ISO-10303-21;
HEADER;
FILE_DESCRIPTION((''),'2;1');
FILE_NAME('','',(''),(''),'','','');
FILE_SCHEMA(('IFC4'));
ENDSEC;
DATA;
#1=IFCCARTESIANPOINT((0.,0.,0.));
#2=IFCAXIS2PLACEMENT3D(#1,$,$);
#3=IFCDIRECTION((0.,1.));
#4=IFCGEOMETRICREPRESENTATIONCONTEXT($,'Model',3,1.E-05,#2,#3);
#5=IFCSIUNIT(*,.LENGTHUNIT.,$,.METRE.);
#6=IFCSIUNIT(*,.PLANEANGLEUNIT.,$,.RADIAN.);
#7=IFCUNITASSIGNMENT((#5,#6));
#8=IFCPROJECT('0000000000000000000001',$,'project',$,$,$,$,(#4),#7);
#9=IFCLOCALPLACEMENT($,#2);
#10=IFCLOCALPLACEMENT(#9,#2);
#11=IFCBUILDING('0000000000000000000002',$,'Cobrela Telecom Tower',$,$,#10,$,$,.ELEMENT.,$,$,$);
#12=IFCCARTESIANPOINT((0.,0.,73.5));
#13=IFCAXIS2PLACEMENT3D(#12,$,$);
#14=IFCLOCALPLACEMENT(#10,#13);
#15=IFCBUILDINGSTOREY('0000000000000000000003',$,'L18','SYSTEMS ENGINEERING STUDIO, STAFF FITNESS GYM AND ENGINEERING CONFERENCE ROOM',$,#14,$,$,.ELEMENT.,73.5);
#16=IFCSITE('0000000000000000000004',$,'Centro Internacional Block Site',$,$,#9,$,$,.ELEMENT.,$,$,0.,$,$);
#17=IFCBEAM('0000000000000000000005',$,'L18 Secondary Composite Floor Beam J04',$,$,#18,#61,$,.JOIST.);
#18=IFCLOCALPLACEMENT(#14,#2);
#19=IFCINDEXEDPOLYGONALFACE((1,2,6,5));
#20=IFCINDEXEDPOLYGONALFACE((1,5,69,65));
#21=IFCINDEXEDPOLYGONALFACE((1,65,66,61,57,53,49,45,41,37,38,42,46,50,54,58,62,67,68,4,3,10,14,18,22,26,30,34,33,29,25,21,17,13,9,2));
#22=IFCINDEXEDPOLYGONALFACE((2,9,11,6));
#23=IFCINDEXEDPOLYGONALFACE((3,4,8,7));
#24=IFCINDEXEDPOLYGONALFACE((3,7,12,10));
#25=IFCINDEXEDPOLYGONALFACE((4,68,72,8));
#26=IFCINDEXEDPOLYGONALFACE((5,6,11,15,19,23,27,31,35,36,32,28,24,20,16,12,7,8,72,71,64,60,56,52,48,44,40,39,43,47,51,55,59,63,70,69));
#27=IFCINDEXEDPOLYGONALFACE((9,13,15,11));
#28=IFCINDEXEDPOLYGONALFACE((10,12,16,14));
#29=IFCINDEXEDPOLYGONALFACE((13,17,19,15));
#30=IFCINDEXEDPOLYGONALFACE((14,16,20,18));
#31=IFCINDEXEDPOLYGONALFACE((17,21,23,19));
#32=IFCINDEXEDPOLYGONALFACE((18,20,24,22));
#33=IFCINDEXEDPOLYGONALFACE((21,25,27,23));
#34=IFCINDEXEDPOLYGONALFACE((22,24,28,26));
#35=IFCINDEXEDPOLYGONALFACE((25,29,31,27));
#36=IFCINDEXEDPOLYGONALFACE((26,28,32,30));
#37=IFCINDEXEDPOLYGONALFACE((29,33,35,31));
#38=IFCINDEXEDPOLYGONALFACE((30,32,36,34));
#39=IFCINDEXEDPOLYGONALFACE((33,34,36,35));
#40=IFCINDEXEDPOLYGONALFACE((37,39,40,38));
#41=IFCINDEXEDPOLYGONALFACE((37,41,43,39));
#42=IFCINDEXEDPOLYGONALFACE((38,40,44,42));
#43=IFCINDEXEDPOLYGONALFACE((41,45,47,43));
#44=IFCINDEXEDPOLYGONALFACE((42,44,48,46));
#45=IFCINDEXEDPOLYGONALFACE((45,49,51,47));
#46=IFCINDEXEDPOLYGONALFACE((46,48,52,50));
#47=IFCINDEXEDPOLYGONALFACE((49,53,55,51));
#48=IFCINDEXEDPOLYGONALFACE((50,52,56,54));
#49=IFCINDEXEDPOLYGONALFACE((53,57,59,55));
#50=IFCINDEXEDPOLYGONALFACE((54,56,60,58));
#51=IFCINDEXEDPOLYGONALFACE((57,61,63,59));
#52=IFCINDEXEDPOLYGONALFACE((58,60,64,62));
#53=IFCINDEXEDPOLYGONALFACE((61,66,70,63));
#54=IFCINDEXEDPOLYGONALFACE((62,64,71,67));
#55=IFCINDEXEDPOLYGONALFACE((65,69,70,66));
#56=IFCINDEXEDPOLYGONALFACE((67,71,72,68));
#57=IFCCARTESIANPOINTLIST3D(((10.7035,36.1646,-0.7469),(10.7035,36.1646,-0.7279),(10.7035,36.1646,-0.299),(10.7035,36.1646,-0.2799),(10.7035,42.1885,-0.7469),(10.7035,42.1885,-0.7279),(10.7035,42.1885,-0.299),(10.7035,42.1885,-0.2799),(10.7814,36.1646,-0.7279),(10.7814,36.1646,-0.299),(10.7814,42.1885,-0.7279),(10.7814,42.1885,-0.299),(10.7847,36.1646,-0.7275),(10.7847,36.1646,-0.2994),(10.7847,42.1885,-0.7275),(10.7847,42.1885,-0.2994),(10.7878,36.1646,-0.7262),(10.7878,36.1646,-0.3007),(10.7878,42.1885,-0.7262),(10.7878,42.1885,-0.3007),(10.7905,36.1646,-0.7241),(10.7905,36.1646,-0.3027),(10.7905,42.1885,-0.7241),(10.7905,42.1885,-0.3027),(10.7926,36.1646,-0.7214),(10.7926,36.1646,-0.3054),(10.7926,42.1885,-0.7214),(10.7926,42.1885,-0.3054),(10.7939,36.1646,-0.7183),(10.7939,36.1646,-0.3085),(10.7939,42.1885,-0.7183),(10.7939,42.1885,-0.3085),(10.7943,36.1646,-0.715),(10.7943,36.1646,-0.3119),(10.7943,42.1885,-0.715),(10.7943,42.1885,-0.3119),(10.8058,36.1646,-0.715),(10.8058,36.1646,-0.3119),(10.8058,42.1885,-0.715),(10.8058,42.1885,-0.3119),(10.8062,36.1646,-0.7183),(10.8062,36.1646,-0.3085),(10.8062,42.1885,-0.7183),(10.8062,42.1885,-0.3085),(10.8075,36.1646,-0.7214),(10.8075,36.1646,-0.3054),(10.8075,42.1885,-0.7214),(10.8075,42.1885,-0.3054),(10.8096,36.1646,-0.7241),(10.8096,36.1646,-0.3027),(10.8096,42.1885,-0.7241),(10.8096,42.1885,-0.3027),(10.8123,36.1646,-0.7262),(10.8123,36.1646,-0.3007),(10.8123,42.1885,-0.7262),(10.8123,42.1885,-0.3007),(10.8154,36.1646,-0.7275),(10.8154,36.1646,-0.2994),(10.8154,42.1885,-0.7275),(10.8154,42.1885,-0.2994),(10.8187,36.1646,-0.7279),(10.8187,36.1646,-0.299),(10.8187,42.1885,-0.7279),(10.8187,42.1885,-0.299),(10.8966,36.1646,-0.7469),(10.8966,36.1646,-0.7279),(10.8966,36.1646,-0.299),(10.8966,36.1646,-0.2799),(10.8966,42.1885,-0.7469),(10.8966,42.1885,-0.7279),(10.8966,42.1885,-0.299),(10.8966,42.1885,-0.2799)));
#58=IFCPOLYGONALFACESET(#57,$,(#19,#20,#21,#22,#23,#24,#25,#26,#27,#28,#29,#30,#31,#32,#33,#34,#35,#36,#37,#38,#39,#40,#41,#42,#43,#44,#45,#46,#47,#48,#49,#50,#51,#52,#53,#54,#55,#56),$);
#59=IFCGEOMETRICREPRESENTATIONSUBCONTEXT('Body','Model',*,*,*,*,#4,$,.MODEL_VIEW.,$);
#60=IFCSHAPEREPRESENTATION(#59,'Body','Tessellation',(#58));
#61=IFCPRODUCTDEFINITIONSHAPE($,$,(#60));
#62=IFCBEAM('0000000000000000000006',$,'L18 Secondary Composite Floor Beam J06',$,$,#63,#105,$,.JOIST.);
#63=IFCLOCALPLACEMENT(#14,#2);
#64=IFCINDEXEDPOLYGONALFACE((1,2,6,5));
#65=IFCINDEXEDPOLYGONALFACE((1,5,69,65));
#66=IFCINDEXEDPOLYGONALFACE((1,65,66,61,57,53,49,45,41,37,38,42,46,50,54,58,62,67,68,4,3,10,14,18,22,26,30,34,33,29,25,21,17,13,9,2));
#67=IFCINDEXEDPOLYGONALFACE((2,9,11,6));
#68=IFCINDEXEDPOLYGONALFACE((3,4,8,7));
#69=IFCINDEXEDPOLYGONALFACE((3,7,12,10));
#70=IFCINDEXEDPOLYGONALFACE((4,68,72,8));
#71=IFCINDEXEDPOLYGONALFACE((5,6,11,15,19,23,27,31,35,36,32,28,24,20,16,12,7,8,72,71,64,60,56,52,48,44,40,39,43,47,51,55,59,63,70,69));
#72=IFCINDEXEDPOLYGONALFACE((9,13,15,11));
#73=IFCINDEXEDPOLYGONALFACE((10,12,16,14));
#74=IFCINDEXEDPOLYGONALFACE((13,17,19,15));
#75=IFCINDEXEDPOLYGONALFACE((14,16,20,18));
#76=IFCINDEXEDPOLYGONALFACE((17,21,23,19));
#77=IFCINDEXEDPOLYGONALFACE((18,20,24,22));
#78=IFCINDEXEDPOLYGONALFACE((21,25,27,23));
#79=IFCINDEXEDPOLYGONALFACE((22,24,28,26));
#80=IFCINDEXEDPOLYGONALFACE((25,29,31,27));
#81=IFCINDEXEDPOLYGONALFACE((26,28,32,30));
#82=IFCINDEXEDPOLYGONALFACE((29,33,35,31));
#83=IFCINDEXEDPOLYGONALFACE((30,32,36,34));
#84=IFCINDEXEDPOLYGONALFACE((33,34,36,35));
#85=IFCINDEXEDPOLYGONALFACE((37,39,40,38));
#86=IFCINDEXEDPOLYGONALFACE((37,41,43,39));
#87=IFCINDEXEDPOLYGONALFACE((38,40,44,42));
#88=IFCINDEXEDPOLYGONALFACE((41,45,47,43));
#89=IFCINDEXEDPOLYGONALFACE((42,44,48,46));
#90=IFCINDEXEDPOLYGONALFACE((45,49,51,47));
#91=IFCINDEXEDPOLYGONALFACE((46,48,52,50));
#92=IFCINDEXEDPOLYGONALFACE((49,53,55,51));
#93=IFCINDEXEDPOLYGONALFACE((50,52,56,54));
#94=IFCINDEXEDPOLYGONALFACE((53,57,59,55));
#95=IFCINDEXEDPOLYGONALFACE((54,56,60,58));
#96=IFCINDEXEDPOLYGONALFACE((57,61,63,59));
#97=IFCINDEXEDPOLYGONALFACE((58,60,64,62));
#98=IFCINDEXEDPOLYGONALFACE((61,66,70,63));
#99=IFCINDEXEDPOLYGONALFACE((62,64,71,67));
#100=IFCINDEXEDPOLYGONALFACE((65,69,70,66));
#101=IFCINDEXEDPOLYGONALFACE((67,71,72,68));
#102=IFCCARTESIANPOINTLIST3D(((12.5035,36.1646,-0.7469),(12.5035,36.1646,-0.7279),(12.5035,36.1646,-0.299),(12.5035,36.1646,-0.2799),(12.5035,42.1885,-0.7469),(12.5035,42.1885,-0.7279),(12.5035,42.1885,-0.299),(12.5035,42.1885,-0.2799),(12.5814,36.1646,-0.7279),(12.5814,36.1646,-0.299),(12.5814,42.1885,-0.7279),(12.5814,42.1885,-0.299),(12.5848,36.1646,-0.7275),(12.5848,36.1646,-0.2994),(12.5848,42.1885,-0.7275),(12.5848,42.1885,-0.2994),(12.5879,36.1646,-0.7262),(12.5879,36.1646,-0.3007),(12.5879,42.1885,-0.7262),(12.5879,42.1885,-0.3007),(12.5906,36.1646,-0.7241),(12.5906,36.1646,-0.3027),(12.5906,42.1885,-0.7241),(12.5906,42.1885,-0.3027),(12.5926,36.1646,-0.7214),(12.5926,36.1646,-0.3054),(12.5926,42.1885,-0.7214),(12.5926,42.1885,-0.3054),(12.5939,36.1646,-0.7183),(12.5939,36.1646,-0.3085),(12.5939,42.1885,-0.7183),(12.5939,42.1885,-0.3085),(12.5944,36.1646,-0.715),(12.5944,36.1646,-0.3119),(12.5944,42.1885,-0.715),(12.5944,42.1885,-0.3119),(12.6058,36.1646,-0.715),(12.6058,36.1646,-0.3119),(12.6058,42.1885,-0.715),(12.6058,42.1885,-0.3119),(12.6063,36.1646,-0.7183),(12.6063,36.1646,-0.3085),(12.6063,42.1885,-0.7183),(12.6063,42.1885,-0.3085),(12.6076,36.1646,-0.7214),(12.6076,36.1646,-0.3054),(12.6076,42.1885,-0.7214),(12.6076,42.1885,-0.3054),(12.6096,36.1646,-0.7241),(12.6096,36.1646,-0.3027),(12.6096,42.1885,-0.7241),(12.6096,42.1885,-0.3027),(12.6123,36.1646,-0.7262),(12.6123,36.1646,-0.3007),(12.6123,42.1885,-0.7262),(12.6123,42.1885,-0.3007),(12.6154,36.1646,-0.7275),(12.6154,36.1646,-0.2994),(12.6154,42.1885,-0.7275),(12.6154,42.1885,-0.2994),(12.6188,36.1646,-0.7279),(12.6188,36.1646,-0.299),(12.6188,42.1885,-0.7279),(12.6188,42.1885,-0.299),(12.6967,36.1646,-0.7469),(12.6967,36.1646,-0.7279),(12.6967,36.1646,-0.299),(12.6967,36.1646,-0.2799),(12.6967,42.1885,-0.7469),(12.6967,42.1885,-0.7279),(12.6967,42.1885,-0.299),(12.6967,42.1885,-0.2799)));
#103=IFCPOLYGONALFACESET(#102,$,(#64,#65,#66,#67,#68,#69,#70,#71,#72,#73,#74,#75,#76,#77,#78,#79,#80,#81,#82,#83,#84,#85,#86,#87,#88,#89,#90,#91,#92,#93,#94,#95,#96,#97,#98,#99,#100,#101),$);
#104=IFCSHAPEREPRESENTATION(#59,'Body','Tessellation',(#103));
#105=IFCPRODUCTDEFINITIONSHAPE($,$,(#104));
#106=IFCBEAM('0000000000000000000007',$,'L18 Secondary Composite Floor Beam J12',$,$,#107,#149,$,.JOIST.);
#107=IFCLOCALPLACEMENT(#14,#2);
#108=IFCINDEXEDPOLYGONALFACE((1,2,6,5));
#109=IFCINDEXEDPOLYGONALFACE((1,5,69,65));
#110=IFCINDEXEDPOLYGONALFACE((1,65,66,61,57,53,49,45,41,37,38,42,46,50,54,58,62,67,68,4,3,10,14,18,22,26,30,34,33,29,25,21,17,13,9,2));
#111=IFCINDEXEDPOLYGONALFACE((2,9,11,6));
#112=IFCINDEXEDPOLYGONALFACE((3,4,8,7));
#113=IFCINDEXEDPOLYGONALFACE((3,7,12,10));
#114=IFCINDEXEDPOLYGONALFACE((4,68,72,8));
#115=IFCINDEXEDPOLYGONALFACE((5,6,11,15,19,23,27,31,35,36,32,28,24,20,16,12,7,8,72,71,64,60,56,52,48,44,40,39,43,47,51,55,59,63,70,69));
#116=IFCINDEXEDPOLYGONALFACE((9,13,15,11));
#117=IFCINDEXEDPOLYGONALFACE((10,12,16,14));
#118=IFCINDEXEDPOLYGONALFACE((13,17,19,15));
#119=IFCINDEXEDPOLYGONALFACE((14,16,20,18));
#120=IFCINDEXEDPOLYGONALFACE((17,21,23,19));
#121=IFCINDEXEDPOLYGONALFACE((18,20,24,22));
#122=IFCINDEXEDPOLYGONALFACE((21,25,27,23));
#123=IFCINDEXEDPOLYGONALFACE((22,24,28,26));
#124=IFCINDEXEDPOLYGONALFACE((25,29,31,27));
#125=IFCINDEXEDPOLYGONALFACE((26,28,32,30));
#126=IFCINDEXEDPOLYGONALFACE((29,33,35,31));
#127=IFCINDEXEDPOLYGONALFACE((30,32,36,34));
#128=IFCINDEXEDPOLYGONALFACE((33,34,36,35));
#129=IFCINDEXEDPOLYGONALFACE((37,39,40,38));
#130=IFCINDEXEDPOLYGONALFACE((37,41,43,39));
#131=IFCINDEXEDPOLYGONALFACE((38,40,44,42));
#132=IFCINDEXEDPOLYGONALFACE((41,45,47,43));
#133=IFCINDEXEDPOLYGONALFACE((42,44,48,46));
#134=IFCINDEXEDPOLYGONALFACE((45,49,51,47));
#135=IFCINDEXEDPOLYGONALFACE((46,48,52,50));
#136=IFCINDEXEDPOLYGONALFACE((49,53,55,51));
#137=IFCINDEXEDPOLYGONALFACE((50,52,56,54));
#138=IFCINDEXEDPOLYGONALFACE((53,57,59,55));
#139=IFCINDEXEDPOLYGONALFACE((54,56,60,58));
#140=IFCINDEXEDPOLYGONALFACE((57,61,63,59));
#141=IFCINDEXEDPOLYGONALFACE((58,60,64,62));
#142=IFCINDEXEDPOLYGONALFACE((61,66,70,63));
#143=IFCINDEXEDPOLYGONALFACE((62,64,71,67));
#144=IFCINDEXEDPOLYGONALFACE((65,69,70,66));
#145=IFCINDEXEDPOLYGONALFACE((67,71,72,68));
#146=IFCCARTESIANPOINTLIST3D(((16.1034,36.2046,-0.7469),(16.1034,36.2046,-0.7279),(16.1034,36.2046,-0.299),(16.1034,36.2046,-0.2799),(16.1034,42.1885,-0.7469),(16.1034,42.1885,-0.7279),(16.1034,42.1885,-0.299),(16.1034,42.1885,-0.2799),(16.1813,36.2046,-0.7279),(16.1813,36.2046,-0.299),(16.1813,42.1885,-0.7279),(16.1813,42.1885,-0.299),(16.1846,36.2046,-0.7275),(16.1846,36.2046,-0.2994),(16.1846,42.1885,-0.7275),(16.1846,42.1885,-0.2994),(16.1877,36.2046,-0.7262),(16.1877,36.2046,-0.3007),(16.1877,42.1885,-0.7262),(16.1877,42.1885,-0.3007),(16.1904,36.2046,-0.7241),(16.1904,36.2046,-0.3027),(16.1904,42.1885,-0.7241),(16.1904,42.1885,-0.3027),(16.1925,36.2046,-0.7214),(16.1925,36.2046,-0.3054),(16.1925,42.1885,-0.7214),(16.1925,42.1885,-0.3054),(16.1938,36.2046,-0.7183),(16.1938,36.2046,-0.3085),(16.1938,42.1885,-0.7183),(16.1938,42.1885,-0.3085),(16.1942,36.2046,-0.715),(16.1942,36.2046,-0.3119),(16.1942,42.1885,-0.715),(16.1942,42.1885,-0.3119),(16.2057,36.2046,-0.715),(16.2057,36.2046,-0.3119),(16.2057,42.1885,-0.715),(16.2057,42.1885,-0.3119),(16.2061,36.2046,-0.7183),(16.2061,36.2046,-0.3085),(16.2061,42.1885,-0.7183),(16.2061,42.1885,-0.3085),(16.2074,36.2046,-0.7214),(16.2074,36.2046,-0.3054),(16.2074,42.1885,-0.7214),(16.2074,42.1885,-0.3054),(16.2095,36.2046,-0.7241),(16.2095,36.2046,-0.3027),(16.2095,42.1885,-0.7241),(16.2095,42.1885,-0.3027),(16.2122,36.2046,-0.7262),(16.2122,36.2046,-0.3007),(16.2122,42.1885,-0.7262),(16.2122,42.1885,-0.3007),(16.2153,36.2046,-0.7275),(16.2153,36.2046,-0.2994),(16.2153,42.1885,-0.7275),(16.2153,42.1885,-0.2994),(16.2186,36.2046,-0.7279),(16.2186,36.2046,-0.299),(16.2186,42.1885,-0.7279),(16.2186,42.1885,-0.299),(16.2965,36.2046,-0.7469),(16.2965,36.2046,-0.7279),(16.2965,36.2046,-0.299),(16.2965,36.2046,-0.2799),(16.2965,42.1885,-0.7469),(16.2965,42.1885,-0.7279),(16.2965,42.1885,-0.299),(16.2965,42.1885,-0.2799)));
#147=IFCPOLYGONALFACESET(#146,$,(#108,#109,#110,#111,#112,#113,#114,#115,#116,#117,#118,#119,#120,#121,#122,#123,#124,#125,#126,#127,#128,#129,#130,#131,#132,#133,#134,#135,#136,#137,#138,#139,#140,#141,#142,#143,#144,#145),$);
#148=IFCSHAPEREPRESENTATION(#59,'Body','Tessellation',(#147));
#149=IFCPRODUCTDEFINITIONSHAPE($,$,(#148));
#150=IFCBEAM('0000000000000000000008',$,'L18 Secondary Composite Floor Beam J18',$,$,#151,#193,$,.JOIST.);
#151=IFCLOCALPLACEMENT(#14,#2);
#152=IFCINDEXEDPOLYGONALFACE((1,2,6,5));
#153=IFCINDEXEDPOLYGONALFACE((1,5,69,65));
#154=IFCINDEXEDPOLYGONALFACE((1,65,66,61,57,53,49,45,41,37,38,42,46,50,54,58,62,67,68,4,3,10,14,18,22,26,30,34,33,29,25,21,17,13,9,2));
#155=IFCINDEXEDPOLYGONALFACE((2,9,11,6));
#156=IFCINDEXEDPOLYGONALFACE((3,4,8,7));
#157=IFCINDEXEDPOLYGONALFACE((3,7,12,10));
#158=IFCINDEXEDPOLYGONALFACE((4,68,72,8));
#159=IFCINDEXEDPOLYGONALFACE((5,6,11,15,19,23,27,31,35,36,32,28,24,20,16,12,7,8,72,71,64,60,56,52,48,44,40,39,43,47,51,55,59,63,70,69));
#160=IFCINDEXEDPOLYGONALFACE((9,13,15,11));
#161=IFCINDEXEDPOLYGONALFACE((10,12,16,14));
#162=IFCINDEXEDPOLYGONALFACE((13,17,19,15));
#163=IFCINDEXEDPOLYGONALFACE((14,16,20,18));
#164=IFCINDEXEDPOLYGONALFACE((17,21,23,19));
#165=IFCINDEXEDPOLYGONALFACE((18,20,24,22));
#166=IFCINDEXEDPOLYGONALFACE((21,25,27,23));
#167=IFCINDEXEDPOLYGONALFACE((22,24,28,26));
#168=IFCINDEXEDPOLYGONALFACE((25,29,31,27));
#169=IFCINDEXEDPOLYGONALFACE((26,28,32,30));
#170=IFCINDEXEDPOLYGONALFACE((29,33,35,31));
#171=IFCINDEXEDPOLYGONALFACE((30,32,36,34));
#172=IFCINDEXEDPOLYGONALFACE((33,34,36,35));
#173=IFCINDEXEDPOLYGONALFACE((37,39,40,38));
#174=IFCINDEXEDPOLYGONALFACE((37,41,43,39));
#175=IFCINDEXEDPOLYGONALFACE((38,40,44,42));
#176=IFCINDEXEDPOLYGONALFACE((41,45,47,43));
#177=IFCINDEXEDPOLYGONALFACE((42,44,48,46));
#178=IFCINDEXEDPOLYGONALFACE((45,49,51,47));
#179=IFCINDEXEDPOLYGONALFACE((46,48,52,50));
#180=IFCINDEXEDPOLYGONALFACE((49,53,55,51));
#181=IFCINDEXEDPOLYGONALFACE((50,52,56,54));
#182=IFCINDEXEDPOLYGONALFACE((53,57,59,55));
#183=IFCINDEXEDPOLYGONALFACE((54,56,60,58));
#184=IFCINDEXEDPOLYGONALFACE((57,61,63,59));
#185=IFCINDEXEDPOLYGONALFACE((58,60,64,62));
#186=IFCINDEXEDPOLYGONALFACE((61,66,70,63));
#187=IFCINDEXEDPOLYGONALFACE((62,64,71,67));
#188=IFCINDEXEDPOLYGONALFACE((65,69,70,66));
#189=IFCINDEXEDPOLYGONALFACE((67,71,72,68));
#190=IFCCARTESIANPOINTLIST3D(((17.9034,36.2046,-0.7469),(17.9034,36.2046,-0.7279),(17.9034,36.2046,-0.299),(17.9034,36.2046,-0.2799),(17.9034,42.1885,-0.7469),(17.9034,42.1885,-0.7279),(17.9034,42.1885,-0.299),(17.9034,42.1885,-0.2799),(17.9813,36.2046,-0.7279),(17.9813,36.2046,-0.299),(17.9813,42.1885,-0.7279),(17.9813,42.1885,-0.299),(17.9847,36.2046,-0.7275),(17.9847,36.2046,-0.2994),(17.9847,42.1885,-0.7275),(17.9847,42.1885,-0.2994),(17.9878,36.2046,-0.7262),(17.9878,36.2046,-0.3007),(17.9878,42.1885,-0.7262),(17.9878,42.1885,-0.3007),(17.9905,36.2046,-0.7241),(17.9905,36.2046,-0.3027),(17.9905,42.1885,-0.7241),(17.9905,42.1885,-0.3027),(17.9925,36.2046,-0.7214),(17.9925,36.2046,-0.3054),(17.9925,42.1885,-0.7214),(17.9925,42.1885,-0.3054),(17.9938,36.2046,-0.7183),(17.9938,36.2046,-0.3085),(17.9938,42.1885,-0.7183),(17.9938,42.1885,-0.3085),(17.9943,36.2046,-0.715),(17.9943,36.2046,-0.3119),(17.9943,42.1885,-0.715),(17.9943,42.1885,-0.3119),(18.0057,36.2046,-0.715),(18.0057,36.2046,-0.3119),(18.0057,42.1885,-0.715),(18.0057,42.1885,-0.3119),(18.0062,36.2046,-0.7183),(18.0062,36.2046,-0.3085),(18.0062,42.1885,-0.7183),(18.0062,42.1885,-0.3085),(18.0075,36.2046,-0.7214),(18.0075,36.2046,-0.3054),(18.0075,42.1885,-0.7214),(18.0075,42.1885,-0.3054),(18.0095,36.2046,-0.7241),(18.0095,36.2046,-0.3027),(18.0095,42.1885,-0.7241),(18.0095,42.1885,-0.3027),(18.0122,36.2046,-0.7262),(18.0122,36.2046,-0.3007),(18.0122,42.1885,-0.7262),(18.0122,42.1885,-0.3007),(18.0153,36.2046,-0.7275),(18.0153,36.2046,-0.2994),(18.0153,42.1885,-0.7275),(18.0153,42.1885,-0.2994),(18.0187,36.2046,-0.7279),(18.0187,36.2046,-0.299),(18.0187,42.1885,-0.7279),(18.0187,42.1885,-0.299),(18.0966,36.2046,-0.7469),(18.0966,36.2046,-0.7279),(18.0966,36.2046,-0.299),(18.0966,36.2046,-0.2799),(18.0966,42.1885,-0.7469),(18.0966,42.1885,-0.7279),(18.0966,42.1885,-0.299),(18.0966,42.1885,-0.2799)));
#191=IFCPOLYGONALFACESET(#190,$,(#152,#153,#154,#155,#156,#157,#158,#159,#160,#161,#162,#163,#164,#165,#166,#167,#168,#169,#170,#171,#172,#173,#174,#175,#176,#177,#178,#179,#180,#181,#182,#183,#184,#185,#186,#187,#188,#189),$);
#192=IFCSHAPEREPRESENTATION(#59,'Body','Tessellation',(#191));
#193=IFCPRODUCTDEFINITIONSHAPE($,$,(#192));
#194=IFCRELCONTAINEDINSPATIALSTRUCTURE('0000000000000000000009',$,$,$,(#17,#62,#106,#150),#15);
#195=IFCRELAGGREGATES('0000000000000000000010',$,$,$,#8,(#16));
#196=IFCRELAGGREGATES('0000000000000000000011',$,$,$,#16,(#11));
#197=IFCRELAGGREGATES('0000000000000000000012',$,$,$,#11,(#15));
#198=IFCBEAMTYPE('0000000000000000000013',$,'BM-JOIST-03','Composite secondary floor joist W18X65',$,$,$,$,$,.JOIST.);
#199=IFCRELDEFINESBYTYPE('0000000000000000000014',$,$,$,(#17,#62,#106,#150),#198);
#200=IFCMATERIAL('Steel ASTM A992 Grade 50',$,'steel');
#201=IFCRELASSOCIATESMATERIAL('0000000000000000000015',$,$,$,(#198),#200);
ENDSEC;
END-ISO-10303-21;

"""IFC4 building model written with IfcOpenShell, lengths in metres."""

from ifc_helpers import new_model, si_unit, direction, frame, origin, origin_2d, place, context, subcontext, project, spatial, i_section, extrude, material, material_profile, profile_set, type_object, element, save


model = new_model("IFC4")

# Units and contexts
model_context = context("Model", 3, precision=1e-05, world=origin(), true_north=direction((0.0, 1.0)))
body_context = subcontext(model_context, "Body", "Model", "MODEL_VIEW")
ifc_project = project(units=[si_unit("LENGTHUNIT", "METRE"), si_unit("PLANEANGLEUNIT", "RADIAN")], contexts=[model_context])

# Site, building, storey
site_placement = place(None, origin())
site = spatial("IfcSite", under=ifc_project, at=site_placement, Name="Centro Internacional Block Site", CompositionType="ELEMENT", RefElevation=0.0)
building_placement = place(site_placement, origin())
building = spatial("IfcBuilding", under=site, at=building_placement, Name="Cobrela Telecom Tower", CompositionType="ELEMENT")
storey_placement = place(building_placement, frame((0.0, 0.0, 73.5)))
storey = spatial("IfcBuildingStorey", under=building, at=storey_placement, Name="L18", Description="SYSTEMS ENGINEERING STUDIO, STAFF FITNESS GYM AND ENGINEERING CONFERENCE ROOM", CompositionType="ELEMENT", Elevation=73.5)

# Beams
ifc_material_1 = material(Name="Steel ASTM A992 Grade 50", Category="steel")
ifc_material_profile_1 = material_profile(ifc_material_1, i_section(OverallWidth=0.1931, OverallDepth=0.467, WebThickness=0.0115, FlangeThickness=0.019, FilletRadius=0.0129, at=origin_2d()), Name="W18X65")
ifc_profile_set_1 = profile_set([ifc_material_profile_1], Name="Steel ASTM A992 Grade 50")
beam_type_1 = type_object("IfcBeamType", Name="BM-JOIST-03", Description="Composite secondary floor joist W18X65", PredefinedType="JOIST", material=ifc_profile_set_1)
for number, where, z_axis, x_axis, name in (
    (1, (10.8, 36.1646, -0.5134), (0.0, 1.0, 0.0), (-1.0, 0.0, 0.0), "L18 Secondary Composite Floor Beam J04"),
    (2, (12.6001, 36.1646, -0.5134), (0.0, 1.0, 0.0), (-1.0, 0.0, 0.0), "L18 Secondary Composite Floor Beam J06"),
):
    element("IfcBeam", number, at=place(storey_placement, frame(where, z_axis=z_axis, x_axis=x_axis)), inside=storey, type_object=beam_type_1, Name=name, PredefinedType="JOIST", context=body_context, shape_type="SweptSolid", body=[
        extrude(i_section(OverallWidth=0.1931, OverallDepth=0.467, WebThickness=0.0115, FlangeThickness=0.019, FilletRadius=0.0129, at=origin_2d()), origin(), (0.0, 0.0, 1.0), 6.0239),
    ])
for number, where, z_axis, x_axis, name in (
    (3, (16.2, 36.2046, -0.5134), (0.0, 1.0, 0.0), (-1.0, 0.0, 0.0), "L18 Secondary Composite Floor Beam J12"),
    (4, (18.0, 36.2046, -0.5134), (0.0, 1.0, 0.0), (-1.0, 0.0, 0.0), "L18 Secondary Composite Floor Beam J18"),
):
    element("IfcBeam", number, at=place(storey_placement, frame(where, z_axis=z_axis, x_axis=x_axis)), inside=storey, type_object=beam_type_1, Name=name, PredefinedType="JOIST", context=body_context, shape_type="SweptSolid", body=[
        extrude(i_section(OverallWidth=0.1931, OverallDepth=0.467, WebThickness=0.0115, FlangeThickness=0.019, FilletRadius=0.0129, at=origin_2d()), origin(), (0.0, 0.0, 1.0), 5.9839),
    ])

save(model, "model.ifc")
